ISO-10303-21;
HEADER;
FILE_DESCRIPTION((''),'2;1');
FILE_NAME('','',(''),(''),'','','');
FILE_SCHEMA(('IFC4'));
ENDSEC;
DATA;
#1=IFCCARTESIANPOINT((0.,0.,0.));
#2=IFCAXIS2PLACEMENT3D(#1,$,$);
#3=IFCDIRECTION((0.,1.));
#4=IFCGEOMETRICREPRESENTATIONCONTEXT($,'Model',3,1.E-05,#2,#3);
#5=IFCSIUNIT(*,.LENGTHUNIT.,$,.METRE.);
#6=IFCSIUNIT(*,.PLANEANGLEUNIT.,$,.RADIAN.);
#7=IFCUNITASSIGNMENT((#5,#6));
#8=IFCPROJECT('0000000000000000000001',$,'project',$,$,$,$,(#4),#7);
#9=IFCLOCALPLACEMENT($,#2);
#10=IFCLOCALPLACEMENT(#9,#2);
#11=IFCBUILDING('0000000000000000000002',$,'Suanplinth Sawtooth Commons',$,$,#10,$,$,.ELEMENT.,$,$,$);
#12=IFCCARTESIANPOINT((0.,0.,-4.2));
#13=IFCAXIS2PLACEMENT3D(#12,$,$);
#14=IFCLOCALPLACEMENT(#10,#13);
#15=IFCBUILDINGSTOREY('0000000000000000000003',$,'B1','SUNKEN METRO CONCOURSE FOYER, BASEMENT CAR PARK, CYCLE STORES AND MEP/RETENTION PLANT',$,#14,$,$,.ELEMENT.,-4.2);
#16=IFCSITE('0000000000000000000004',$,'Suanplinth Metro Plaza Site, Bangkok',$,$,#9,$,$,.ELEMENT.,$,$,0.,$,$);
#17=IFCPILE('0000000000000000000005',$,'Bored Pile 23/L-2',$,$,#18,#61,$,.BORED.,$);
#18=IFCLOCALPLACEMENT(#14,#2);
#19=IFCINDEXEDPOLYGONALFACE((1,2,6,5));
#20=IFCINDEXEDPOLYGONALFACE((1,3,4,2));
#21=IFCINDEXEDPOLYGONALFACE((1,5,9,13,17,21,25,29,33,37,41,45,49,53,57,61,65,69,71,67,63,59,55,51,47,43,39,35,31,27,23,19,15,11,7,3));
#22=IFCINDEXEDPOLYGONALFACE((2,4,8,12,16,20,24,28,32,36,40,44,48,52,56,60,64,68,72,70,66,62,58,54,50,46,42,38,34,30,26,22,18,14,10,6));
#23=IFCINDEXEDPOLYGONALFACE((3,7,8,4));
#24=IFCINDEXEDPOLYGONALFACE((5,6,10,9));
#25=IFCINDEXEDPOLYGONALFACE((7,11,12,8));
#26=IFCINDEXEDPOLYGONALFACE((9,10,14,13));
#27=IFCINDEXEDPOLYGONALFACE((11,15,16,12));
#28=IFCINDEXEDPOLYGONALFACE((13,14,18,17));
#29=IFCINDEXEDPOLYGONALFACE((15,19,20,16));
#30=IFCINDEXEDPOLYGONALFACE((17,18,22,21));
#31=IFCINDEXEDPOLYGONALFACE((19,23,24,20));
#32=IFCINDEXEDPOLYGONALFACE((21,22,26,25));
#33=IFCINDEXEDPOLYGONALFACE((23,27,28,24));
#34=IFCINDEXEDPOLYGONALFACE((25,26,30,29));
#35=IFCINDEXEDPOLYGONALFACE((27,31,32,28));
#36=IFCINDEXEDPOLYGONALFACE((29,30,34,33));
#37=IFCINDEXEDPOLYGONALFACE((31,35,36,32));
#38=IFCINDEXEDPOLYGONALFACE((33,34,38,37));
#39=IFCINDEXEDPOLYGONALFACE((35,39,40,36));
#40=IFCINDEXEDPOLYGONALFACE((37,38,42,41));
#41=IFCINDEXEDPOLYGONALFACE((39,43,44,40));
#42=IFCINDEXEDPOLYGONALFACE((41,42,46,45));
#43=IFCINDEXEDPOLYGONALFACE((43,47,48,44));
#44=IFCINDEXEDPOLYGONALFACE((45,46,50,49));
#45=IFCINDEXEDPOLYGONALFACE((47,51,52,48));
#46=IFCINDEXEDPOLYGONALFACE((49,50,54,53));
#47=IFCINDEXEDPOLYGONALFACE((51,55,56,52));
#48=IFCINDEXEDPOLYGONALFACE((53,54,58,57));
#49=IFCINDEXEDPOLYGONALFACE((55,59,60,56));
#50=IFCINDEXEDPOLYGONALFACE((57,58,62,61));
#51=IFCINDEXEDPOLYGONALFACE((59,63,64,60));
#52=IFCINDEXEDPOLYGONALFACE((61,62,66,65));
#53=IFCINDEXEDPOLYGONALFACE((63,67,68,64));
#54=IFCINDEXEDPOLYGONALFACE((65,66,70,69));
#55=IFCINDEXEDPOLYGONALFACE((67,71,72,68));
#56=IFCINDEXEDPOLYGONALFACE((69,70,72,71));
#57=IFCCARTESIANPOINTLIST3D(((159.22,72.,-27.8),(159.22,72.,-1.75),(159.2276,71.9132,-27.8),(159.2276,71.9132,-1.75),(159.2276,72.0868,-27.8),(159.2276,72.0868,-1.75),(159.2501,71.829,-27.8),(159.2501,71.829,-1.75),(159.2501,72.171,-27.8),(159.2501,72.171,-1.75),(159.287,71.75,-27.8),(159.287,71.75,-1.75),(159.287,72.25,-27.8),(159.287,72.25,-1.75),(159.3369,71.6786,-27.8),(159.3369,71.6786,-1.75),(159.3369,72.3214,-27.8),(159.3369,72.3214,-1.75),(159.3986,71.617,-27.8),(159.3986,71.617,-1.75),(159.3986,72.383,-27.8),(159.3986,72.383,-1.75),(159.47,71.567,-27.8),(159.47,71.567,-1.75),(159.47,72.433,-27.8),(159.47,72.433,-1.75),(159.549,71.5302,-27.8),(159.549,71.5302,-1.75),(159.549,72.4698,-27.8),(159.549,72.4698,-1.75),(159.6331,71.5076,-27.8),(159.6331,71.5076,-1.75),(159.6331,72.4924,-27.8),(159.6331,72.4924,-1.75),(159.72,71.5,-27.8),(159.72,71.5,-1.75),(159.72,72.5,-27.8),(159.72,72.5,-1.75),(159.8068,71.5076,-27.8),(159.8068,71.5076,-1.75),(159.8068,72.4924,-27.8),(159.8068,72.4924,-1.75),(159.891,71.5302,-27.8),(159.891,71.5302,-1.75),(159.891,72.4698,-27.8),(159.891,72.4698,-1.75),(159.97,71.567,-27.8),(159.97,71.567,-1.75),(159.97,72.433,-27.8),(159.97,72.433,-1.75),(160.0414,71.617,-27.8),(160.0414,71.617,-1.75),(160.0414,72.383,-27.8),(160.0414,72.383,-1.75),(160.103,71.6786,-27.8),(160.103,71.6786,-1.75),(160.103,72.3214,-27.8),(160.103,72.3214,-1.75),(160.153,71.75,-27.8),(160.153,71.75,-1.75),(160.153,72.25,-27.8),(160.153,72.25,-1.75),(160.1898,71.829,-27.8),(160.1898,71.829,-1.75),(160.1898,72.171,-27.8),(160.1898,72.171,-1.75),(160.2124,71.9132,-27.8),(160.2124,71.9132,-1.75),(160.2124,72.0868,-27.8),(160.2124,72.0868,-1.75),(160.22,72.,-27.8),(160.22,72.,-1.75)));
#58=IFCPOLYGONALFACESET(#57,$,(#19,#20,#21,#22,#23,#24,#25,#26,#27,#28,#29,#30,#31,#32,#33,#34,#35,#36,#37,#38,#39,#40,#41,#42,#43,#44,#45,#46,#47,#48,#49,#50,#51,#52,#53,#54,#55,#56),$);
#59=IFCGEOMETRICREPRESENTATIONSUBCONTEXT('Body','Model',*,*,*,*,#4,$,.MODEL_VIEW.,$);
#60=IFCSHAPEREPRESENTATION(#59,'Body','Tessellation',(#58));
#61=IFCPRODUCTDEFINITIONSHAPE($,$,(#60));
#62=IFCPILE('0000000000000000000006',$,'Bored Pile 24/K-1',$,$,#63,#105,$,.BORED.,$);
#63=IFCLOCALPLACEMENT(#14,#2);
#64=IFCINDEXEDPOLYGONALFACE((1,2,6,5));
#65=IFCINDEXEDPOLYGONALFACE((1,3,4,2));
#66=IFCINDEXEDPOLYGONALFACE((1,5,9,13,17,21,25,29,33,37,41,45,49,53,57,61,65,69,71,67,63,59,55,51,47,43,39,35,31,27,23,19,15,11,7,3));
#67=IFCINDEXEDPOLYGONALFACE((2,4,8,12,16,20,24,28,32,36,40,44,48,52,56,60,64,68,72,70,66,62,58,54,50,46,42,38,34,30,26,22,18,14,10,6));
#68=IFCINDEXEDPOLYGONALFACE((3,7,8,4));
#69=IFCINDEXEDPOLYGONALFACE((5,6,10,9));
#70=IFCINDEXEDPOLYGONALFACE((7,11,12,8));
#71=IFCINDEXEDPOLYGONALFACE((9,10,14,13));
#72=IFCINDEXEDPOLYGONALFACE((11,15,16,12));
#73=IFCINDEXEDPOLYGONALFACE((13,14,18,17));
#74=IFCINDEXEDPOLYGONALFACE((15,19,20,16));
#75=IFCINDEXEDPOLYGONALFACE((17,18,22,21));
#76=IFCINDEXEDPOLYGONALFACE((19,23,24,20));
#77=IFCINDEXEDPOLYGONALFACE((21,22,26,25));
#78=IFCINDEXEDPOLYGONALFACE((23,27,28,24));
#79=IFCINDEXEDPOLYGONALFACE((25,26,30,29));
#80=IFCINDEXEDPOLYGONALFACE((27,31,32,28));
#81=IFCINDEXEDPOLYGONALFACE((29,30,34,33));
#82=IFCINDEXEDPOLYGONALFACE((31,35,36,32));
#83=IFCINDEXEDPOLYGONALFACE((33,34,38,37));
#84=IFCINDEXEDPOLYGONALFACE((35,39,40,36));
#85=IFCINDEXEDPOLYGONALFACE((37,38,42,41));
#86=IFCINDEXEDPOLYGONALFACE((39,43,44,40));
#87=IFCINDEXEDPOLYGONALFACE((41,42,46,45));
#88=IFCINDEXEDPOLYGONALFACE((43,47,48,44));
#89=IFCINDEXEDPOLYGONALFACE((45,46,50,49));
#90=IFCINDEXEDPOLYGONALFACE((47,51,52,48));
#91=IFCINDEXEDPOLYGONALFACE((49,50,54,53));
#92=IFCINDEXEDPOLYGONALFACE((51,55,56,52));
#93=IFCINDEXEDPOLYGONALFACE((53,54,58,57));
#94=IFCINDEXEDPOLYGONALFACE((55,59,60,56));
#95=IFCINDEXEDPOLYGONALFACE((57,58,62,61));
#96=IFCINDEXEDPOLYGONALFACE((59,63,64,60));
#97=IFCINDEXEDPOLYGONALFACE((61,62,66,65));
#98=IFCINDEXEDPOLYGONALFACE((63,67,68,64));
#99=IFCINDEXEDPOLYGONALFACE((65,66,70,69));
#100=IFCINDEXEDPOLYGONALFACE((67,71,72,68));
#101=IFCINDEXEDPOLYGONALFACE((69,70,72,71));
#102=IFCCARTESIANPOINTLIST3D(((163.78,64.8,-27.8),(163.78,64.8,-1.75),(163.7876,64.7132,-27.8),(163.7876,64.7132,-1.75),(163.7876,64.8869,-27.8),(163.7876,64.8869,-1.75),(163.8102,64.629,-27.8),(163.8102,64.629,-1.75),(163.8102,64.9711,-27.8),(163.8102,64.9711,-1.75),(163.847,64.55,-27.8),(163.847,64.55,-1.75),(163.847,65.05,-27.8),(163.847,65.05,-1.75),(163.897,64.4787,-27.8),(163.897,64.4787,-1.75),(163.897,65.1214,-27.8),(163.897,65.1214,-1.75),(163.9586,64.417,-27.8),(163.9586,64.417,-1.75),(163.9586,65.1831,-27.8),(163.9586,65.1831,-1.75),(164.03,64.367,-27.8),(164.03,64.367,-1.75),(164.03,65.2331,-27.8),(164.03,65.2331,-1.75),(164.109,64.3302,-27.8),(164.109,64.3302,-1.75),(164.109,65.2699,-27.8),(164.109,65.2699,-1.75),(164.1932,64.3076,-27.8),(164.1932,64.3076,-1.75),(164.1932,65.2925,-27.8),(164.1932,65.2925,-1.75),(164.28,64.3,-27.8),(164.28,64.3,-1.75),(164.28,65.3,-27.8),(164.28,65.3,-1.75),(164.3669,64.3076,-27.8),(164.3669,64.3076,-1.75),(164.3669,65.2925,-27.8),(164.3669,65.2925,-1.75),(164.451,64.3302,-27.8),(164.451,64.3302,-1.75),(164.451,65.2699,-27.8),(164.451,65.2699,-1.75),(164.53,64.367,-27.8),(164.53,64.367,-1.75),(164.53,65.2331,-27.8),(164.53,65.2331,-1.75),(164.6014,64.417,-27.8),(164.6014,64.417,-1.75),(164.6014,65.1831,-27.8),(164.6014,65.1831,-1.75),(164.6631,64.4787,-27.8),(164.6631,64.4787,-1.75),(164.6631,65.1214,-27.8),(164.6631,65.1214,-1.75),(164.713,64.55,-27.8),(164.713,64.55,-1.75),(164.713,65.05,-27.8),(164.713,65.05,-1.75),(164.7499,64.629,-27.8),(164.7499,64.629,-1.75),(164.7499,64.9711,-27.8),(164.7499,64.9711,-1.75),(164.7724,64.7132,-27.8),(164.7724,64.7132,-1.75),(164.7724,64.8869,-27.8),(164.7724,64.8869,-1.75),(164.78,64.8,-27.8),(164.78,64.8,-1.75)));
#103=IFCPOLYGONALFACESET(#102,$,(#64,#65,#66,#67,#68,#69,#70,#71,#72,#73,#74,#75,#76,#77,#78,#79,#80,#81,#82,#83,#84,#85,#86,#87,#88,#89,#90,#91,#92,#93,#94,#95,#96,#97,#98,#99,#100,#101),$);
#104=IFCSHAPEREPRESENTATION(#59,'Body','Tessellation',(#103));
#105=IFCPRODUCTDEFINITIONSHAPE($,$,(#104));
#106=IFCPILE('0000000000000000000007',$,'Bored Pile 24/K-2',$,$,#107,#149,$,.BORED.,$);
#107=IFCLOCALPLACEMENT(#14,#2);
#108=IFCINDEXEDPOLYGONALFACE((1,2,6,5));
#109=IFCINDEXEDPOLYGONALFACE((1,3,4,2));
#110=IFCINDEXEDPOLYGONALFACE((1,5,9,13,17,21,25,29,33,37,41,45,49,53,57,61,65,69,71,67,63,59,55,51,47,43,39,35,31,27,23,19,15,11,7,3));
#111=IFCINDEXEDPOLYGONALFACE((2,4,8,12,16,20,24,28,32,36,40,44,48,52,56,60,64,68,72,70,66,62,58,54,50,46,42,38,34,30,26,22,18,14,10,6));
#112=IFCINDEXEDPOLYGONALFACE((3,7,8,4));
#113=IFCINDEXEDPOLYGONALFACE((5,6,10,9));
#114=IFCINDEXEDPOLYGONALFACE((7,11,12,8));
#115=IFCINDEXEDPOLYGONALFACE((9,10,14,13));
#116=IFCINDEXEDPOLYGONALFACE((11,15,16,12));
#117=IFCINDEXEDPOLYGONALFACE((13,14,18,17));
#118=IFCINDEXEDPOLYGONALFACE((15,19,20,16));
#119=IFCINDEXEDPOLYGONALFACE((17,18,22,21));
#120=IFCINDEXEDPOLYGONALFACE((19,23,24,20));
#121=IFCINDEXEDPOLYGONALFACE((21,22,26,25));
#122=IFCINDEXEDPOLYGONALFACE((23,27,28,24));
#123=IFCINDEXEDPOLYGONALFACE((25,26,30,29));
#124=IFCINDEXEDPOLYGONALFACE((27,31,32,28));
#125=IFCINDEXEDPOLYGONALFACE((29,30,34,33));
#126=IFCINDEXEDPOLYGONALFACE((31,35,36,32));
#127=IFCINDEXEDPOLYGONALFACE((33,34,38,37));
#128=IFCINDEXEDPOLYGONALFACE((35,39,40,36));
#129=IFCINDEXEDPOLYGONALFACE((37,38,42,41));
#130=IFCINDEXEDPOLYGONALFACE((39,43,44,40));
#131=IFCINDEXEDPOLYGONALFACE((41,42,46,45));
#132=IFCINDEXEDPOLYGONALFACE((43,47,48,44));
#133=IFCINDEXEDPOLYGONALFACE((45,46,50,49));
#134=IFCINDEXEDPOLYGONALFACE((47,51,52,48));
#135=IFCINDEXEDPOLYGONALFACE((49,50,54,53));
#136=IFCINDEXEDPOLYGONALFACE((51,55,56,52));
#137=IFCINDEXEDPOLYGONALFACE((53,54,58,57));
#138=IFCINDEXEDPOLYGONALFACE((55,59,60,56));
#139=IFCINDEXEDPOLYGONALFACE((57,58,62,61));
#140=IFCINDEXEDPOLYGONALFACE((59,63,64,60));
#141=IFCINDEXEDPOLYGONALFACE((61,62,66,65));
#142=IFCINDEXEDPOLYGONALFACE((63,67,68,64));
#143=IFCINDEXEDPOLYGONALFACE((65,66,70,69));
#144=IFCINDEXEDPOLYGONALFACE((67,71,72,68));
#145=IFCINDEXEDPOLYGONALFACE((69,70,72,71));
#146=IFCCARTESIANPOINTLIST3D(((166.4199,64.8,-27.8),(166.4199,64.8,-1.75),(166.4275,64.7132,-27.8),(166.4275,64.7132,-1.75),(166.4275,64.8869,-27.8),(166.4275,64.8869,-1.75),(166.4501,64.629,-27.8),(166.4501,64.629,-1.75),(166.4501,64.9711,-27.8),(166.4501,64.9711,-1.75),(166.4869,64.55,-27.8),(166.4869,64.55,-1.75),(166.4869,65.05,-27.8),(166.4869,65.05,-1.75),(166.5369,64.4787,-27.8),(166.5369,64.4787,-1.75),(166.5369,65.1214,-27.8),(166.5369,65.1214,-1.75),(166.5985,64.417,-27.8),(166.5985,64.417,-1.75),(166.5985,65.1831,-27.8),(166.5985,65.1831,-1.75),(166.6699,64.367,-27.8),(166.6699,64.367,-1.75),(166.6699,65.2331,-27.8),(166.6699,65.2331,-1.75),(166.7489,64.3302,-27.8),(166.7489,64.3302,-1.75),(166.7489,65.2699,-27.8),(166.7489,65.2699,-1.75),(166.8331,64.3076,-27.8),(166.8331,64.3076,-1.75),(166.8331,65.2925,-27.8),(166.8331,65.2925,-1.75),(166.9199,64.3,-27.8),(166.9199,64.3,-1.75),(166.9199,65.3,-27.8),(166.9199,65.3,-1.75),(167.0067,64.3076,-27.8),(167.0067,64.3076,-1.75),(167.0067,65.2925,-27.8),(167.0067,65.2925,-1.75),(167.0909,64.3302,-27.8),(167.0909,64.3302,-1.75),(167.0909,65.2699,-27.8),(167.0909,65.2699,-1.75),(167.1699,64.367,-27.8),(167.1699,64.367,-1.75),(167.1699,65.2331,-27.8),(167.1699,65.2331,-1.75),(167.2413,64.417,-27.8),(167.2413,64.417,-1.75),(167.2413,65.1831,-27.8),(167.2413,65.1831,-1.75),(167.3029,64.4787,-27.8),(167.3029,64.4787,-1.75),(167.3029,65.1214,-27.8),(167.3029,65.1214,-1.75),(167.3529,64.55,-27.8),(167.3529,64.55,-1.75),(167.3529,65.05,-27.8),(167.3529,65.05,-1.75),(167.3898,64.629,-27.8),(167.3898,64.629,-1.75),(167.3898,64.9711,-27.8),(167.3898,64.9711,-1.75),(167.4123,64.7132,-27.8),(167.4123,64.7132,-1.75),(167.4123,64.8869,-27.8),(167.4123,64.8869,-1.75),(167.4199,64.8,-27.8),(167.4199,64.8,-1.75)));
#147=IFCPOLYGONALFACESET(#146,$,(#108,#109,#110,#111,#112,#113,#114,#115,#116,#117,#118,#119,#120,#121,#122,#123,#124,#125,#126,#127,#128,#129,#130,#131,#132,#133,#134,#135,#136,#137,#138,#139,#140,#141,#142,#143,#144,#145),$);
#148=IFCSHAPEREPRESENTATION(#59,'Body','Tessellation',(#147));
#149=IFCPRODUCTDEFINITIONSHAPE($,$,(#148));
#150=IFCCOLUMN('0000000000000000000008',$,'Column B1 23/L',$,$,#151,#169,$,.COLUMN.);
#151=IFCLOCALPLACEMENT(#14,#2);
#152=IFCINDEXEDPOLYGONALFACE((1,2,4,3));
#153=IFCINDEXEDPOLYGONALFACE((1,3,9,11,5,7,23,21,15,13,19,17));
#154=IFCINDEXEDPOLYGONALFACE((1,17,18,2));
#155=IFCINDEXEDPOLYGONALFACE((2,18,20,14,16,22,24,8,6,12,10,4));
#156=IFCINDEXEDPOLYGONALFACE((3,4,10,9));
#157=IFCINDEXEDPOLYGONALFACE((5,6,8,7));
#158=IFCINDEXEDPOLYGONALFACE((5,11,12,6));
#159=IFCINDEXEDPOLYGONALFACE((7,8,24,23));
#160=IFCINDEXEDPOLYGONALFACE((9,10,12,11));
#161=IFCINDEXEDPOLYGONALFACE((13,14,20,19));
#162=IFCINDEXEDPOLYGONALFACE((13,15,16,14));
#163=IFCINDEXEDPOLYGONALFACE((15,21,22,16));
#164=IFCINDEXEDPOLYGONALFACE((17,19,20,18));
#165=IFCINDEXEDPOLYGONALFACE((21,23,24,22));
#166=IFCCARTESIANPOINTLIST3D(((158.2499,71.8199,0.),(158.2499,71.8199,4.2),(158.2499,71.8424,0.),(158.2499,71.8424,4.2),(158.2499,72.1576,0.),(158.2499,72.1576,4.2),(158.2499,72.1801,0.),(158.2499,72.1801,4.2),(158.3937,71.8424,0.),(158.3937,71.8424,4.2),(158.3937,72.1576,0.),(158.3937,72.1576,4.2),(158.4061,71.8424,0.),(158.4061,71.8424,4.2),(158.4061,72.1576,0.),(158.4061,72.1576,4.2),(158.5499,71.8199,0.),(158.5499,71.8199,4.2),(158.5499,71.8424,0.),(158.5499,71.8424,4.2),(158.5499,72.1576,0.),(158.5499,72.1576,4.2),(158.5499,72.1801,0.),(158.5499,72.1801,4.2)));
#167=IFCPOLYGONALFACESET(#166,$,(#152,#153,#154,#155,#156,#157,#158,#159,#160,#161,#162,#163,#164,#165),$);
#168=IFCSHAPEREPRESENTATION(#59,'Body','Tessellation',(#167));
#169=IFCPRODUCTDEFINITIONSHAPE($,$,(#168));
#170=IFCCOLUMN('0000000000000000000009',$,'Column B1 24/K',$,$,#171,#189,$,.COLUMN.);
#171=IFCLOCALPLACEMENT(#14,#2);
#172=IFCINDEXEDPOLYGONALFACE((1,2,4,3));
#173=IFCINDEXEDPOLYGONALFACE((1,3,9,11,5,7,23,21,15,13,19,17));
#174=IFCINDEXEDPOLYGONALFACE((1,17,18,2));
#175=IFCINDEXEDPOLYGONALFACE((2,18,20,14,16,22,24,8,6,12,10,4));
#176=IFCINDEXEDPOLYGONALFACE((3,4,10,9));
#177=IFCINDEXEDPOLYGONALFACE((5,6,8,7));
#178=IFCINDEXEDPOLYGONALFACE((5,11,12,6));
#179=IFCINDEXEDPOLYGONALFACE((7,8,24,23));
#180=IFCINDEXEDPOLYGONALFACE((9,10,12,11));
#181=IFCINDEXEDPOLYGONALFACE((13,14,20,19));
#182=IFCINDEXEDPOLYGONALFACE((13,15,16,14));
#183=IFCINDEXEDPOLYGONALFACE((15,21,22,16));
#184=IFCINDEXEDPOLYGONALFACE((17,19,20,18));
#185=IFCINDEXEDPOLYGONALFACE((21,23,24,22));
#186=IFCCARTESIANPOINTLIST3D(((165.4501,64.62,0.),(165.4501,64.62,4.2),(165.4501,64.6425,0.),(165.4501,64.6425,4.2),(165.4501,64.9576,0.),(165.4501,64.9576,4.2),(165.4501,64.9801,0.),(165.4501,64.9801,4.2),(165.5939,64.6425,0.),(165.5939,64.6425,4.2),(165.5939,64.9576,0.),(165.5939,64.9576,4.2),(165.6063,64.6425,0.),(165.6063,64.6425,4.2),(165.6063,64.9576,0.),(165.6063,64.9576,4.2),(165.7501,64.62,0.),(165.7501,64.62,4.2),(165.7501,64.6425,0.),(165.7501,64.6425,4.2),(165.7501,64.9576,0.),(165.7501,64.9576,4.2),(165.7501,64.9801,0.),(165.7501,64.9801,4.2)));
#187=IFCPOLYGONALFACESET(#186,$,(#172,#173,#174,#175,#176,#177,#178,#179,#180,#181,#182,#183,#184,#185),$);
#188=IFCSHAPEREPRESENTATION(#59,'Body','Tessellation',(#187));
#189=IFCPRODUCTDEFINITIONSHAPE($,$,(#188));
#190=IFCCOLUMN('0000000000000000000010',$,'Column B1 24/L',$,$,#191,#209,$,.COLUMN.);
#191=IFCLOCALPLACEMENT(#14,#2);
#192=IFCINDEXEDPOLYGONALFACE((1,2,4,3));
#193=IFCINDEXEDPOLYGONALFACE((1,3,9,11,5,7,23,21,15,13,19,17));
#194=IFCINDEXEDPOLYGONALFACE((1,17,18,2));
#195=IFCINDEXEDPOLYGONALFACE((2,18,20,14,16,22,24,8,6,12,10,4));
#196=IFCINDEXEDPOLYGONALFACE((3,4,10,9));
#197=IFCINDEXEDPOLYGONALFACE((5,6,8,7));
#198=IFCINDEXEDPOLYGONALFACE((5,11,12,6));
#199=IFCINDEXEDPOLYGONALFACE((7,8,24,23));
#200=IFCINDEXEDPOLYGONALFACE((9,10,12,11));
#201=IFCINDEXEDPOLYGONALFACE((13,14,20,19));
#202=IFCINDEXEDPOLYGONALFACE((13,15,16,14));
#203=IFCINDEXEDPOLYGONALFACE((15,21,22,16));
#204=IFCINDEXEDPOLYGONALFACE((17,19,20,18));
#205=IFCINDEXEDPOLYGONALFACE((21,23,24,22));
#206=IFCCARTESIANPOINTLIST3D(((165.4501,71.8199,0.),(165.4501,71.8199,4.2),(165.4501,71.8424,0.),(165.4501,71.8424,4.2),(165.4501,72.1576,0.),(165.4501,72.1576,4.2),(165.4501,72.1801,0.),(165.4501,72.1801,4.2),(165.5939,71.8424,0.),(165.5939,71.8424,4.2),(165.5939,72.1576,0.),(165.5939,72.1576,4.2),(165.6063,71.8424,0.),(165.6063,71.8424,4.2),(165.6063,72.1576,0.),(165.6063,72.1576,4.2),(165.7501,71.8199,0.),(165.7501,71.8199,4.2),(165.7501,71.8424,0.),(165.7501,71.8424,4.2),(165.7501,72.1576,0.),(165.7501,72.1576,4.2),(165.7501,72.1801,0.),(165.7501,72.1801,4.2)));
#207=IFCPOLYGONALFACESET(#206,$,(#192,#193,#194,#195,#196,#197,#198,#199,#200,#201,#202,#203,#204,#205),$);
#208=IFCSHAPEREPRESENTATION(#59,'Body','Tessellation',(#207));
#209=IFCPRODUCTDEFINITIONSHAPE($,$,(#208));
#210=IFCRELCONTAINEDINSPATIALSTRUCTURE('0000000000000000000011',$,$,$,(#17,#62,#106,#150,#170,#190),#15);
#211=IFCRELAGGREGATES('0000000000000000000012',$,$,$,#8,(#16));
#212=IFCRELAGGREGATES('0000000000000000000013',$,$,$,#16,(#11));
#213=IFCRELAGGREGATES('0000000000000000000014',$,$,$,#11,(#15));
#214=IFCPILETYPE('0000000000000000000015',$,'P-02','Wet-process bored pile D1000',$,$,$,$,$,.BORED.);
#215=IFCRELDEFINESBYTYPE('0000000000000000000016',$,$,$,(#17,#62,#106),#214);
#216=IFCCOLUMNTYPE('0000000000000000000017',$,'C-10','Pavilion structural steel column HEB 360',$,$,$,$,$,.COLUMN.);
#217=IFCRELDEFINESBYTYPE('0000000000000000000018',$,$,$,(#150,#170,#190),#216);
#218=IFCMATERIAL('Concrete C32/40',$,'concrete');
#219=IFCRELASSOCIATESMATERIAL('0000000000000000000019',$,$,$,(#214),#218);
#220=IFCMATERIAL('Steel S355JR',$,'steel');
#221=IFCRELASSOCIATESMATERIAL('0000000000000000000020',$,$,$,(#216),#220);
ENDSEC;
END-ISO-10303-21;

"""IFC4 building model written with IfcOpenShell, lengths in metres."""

from ifc_helpers import new_model, si_unit, direction, frame, origin, origin_2d, place, context, subcontext, project, spatial, circle, i_section, extrude, material, material_profile, profile_set, type_object, element, save


model = new_model("IFC4")

# Units and contexts
model_context = context("Model", 3, precision=1e-05, world=origin(), true_north=direction((0.0, 1.0)))
body_context = subcontext(model_context, "Body", "Model", "MODEL_VIEW")
ifc_project = project(units=[si_unit("LENGTHUNIT", "METRE"), si_unit("PLANEANGLEUNIT", "RADIAN")], contexts=[model_context])

# Site, building, storey
site_placement = place(None, origin())
site = spatial("IfcSite", under=ifc_project, at=site_placement, Name="Suanplinth Metro Plaza Site, Bangkok", CompositionType="ELEMENT", RefElevation=0.0)
building_placement = place(site_placement, origin())
building = spatial("IfcBuilding", under=site, at=building_placement, Name="Suanplinth Sawtooth Commons", CompositionType="ELEMENT")
storey_placement = place(building_placement, frame((0.0, 0.0, -4.2)))
storey = spatial("IfcBuildingStorey", under=building, at=storey_placement, Name="B1", Description="SUNKEN METRO CONCOURSE FOYER, BASEMENT CAR PARK, CYCLE STORES AND MEP/RETENTION PLANT", CompositionType="ELEMENT", Elevation=-4.2)

# Piles
ifc_material_1 = material(Name="Concrete C32/40", Category="concrete")
ifc_material_profile_1 = material_profile(ifc_material_1, circle(Radius=0.5, at=origin_2d()), Name="PILE D1000")
ifc_profile_set_1 = profile_set([ifc_material_profile_1], Name="Concrete C32/40")
pile_type_1 = type_object("IfcPileType", Name="P-02", Description="Wet-process bored pile D1000", PredefinedType="BORED", material=ifc_profile_set_1)
for number, where, z_axis, x_axis, name in (
    (1, (159.72, 72.0, -1.75), (0.0, 0.0, -1.0), (1.0, 0.0, 0.0), "Bored Pile 23/L-2"),
    (2, (164.28, 64.8, -1.75), (0.0, 0.0, -1.0), (1.0, 0.0, 0.0), "Bored Pile 24/K-1"),
    (3, (166.9199, 64.8, -1.75), (0.0, 0.0, -1.0), (1.0, 0.0, 0.0), "Bored Pile 24/K-2"),
):
    element("IfcPile", number, at=place(storey_placement, frame(where, z_axis=z_axis, x_axis=x_axis)), inside=storey, type_object=pile_type_1, Name=name, PredefinedType="BORED", context=body_context, shape_type="SweptSolid", body=[
        extrude(circle(Radius=0.5, at=origin_2d()), origin(), (0.0, 0.0, 1.0), 26.05),
    ])

# Columns
ifc_material_2 = material(Name="Steel S355JR", Category="steel")
ifc_material_profile_2 = material_profile(ifc_material_2, i_section(OverallWidth=0.3, OverallDepth=0.3601, WebThickness=0.0125, FlangeThickness=0.0225, at=origin_2d()), Name="HEB 360")
ifc_profile_set_2 = profile_set([ifc_material_profile_2], Name="Steel S355JR")
column_type = type_object("IfcColumnType", Name="C-10", Description="Pavilion structural steel column HEB 360", PredefinedType="COLUMN", material=ifc_profile_set_2)
for number, where, z_axis, x_axis, name in (
    (4, (158.3999, 72.0, 0.0), (0.0, 0.0, 1.0), (1.0, 0.0, 0.0), "Column B1 23/L"),
    (5, (165.6001, 64.8, 0.0), (0.0, 0.0, 1.0), (1.0, 0.0, 0.0), "Column B1 24/K"),
    (6, (165.6001, 72.0, 0.0), (0.0, 0.0, 1.0), (1.0, 0.0, 0.0), "Column B1 24/L"),
):
    element("IfcColumn", number, at=place(storey_placement, frame(where, z_axis=z_axis, x_axis=x_axis)), inside=storey, type_object=column_type, Name=name, PredefinedType="COLUMN", context=body_context, shape_type="SweptSolid", body=[
        extrude(i_section(OverallWidth=0.3, OverallDepth=0.3601, WebThickness=0.0125, FlangeThickness=0.0225, at=origin_2d()), origin(), (0.0, 0.0, 1.0), 4.2),
    ])

save(model, "model.ifc")
